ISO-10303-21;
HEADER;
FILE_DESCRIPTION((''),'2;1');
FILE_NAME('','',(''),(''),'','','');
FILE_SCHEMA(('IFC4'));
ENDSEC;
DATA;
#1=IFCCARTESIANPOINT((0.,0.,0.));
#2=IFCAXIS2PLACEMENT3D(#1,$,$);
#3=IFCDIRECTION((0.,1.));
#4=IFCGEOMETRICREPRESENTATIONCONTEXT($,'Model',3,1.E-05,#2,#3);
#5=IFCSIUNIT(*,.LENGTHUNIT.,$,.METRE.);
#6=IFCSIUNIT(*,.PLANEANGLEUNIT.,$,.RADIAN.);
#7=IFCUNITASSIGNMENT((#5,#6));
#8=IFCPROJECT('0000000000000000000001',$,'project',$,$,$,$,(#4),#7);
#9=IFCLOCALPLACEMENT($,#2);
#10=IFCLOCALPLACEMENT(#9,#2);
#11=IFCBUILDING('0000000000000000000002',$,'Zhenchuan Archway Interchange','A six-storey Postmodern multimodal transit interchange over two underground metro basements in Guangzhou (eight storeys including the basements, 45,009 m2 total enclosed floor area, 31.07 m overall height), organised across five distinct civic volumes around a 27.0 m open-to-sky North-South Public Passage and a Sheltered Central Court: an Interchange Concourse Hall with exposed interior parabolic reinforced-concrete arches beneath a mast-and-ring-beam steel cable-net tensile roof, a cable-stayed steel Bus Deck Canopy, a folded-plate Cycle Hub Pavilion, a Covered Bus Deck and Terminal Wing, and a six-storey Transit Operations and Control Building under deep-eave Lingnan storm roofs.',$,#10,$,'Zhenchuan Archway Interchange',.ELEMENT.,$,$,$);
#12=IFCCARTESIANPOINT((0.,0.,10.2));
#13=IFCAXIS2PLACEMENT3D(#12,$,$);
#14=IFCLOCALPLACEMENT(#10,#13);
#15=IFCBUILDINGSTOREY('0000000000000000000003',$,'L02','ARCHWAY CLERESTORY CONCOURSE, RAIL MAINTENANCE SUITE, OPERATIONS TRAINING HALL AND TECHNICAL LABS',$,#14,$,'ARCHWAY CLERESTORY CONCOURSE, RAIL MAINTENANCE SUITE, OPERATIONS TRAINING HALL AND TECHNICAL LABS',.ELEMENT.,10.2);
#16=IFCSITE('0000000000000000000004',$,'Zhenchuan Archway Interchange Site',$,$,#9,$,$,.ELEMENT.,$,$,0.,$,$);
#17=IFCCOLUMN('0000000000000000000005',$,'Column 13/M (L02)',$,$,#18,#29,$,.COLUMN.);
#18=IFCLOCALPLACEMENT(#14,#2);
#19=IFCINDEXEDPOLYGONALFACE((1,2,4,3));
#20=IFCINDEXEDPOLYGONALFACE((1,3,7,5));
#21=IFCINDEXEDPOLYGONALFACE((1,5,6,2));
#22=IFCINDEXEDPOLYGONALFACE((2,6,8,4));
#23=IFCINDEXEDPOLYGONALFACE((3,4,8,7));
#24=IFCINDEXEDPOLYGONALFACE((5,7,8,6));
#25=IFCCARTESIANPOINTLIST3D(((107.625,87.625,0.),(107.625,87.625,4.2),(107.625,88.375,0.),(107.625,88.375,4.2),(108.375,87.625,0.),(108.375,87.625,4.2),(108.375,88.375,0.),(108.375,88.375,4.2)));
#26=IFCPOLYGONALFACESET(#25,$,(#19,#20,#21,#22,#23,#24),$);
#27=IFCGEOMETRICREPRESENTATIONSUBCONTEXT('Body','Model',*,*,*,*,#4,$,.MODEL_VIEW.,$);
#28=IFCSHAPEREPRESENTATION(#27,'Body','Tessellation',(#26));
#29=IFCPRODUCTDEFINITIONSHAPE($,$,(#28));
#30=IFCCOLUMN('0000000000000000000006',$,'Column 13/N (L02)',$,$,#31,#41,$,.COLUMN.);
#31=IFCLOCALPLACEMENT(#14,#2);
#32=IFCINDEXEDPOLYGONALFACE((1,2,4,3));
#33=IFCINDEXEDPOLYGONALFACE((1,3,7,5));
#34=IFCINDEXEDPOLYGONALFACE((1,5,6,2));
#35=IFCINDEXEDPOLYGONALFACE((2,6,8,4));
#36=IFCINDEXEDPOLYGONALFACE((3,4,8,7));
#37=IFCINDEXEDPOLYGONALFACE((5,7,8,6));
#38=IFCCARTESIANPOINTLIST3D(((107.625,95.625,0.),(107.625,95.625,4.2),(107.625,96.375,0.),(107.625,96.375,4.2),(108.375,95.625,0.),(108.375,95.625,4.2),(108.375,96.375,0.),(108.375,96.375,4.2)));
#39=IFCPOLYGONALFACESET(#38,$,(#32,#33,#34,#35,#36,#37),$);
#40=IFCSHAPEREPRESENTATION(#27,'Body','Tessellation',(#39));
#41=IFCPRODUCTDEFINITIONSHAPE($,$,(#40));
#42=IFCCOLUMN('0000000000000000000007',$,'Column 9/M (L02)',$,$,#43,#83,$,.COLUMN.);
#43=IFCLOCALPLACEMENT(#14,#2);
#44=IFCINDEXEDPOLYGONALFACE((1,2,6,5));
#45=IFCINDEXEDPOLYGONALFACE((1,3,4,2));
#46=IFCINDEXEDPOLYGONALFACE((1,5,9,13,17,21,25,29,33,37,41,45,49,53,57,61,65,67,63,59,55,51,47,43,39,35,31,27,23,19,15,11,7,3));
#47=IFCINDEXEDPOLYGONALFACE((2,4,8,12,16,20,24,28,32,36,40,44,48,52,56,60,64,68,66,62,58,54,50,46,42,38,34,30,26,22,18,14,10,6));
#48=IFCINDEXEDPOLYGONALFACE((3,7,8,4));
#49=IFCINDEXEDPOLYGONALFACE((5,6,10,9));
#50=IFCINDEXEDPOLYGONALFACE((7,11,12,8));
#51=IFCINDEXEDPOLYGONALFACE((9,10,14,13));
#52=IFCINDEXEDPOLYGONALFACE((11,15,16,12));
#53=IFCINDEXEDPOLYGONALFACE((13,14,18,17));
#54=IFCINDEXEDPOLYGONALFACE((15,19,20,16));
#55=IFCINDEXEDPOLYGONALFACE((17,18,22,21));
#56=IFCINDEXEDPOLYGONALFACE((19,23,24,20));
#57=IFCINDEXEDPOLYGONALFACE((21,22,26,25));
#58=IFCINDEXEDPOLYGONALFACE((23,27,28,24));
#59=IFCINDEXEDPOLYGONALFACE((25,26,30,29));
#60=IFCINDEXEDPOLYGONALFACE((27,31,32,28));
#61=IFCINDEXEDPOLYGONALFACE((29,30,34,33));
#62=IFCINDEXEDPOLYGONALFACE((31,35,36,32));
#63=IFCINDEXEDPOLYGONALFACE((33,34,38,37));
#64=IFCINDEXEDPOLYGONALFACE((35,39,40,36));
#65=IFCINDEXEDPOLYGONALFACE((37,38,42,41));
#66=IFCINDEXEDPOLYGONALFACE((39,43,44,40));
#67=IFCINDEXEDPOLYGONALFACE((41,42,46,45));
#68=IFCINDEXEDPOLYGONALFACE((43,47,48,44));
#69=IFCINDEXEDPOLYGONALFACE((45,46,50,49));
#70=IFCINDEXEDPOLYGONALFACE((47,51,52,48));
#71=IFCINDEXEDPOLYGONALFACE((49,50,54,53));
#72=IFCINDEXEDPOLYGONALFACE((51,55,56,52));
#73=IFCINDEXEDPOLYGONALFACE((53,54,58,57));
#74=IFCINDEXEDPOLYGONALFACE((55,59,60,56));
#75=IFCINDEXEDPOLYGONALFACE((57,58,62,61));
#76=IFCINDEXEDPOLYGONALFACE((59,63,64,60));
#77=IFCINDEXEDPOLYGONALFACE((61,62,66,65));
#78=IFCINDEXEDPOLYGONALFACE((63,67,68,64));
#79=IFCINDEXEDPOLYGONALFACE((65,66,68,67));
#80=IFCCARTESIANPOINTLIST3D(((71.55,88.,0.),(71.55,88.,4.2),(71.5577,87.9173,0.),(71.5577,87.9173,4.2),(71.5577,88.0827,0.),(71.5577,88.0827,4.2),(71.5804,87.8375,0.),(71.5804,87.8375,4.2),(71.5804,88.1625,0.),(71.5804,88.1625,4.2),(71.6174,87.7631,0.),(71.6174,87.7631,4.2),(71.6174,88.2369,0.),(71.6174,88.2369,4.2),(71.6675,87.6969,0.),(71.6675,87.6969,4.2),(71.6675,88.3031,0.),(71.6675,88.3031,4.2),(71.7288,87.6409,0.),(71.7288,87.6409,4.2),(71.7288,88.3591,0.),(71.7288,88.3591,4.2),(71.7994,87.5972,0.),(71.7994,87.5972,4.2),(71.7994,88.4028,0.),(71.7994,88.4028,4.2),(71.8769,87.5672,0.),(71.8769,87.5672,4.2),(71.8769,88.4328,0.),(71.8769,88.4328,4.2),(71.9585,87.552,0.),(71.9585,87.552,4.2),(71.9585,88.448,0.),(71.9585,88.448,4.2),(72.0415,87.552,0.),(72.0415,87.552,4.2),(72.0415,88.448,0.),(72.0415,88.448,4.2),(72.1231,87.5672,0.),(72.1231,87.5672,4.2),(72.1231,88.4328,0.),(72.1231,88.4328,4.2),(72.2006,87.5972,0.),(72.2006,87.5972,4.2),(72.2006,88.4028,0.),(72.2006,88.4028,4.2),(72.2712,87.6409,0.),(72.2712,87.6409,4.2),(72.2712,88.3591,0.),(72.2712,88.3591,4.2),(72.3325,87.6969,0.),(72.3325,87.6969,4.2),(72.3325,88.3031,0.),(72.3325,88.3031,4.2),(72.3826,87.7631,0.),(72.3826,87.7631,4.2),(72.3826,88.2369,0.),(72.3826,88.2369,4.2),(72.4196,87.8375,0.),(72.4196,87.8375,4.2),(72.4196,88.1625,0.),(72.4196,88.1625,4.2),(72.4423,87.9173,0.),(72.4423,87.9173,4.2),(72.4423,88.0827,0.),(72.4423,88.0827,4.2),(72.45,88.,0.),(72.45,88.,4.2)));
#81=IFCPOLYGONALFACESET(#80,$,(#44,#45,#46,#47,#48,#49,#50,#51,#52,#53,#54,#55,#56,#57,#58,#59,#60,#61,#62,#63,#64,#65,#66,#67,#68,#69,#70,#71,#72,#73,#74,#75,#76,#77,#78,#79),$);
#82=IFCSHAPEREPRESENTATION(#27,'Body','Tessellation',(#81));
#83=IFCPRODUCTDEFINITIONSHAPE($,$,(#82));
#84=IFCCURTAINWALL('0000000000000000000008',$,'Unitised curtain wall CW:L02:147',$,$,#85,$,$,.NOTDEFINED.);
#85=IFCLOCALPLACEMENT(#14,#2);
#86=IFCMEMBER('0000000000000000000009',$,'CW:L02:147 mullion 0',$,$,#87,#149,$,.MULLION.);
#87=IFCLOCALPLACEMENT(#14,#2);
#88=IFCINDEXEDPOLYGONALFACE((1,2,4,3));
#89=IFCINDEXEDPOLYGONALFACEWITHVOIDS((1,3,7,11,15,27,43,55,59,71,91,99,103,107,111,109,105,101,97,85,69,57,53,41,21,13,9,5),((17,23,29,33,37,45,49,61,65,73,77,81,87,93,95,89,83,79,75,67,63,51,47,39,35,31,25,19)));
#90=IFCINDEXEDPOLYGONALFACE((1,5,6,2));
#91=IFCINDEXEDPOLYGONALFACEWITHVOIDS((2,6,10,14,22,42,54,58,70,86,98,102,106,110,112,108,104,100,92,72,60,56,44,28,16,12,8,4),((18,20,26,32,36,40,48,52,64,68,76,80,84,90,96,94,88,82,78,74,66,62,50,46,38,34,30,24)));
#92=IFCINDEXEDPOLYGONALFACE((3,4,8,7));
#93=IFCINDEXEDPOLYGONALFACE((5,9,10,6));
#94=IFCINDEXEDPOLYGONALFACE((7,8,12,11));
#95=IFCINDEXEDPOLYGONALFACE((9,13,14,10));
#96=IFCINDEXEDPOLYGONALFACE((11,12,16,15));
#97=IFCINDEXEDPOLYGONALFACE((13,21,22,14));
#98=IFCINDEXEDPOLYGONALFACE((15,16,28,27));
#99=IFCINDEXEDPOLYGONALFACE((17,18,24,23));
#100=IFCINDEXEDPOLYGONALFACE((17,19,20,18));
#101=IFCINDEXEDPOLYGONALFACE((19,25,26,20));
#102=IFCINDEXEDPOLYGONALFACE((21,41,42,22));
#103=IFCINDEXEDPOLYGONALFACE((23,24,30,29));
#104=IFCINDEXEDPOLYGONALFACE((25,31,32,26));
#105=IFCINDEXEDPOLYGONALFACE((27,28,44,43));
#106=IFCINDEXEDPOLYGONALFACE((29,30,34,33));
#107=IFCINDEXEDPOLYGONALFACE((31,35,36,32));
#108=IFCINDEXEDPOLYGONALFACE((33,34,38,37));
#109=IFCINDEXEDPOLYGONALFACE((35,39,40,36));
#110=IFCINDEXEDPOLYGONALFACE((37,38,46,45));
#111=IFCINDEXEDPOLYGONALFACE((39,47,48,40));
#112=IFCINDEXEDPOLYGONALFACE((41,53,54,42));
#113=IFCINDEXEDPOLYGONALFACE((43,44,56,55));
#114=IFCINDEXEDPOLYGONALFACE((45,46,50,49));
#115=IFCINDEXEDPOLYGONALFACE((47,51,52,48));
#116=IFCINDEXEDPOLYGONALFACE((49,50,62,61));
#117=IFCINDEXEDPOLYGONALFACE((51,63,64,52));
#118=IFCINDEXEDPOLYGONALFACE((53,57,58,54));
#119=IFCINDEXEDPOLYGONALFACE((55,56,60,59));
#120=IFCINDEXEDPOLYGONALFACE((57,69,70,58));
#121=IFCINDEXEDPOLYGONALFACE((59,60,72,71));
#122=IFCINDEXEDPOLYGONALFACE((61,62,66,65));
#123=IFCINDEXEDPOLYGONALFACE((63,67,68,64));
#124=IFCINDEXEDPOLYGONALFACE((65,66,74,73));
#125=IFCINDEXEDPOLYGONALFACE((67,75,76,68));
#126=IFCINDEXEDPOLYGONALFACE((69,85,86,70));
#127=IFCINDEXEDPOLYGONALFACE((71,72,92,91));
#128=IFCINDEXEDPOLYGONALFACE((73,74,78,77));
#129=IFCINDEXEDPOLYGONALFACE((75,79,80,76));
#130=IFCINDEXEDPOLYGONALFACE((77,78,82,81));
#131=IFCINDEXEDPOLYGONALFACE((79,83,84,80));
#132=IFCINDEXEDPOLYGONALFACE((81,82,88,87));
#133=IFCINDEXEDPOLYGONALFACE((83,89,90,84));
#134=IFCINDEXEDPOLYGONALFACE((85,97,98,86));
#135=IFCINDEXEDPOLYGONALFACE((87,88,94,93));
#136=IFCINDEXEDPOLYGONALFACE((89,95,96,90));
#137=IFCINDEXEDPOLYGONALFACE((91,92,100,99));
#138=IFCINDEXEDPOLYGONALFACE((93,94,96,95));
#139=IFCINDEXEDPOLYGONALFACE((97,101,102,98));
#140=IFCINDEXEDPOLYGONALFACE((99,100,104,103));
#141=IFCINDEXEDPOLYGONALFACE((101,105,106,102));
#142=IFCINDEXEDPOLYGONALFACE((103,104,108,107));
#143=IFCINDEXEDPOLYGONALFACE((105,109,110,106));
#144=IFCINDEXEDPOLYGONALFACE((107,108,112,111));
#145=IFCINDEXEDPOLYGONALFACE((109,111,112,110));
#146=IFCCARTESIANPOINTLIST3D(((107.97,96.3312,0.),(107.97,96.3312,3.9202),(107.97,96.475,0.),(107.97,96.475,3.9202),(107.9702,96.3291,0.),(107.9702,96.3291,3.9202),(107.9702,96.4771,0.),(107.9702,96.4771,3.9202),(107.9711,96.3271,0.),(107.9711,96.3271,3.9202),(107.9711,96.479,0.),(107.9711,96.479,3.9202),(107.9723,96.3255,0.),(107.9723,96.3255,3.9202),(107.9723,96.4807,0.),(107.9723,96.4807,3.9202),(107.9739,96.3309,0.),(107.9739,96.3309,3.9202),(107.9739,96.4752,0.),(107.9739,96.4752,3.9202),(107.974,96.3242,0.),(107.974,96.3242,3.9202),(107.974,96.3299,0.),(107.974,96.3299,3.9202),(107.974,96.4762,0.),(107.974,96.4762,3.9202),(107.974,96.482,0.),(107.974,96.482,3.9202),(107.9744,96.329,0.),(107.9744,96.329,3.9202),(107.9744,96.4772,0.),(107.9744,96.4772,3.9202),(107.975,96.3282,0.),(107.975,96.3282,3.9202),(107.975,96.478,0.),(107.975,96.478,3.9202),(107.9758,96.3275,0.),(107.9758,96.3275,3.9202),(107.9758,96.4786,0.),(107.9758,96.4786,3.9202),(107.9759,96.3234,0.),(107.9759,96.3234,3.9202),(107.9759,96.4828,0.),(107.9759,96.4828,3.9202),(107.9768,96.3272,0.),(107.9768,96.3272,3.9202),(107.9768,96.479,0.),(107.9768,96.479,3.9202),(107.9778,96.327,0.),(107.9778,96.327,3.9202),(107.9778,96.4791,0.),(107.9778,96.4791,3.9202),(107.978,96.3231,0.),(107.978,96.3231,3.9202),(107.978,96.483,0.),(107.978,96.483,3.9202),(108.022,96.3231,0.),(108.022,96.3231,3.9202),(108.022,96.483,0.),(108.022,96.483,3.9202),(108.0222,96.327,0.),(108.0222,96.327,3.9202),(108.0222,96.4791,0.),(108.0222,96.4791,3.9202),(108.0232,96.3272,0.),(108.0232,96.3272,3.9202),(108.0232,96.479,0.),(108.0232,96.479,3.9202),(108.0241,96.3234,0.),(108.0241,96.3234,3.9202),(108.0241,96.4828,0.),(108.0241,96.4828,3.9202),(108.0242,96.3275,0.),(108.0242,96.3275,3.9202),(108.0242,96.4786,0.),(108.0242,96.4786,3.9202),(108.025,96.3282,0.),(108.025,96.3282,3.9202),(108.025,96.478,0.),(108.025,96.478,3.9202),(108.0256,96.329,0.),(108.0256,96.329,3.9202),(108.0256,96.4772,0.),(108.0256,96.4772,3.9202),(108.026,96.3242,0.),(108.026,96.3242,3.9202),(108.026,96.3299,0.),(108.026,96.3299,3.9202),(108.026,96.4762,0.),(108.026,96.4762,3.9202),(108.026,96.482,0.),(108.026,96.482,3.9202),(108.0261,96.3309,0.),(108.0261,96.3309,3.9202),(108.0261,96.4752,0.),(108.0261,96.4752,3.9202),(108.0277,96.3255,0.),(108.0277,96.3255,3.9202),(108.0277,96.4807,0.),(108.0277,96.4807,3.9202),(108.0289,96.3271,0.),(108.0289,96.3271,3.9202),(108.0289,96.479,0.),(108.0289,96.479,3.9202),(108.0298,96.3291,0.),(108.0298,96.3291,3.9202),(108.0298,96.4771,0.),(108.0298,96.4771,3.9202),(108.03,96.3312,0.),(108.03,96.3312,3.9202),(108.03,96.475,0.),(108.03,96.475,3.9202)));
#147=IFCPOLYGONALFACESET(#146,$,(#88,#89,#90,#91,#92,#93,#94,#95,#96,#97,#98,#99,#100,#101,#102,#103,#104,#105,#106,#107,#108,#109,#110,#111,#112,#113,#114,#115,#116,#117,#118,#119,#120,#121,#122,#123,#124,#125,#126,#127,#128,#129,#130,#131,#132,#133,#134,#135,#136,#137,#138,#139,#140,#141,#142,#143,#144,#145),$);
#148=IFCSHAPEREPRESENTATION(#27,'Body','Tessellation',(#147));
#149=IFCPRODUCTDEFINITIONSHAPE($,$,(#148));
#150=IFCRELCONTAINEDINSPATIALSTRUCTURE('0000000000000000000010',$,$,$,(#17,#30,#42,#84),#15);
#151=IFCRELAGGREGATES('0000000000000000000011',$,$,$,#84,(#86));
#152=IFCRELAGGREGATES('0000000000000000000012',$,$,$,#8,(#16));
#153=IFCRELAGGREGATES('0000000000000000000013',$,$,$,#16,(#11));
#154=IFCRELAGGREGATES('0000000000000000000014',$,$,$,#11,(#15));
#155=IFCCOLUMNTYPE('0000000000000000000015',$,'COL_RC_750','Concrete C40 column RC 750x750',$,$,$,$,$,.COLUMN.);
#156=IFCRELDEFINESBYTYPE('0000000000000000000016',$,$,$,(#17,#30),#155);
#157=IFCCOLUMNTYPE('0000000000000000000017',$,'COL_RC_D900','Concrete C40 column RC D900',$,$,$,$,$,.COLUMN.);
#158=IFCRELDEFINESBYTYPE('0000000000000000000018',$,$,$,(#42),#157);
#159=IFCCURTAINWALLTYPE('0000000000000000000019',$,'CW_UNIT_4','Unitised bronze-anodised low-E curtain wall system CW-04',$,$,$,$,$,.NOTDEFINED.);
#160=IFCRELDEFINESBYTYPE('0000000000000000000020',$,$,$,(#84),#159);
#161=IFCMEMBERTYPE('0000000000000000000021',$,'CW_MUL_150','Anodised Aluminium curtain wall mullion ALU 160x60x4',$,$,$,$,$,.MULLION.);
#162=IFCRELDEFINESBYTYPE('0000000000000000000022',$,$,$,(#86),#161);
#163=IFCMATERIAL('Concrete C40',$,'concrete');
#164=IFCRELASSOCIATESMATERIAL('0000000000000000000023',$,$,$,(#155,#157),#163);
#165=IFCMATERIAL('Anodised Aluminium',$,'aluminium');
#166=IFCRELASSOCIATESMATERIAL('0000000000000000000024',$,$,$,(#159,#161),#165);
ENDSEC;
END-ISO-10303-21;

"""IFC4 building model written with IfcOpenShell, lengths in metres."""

from ifc_helpers import new_model, si_unit, direction, frame, origin, origin_2d, place, context, subcontext, project, spatial, rectangle, hollow_rectangle, circle, extrude, material, material_profile, profile_set, type_object, element, aggregate, save


model = new_model("IFC4")

# Units and contexts
model_context = context("Model", 3, precision=1e-05, world=origin(), true_north=direction((0.0, 1.0)))
body_context = subcontext(model_context, "Body", "Model", "MODEL_VIEW")
ifc_project = project(units=[si_unit("LENGTHUNIT", "METRE"), si_unit("PLANEANGLEUNIT", "RADIAN")], contexts=[model_context])

# Site, building, storey
site_placement = place(None, origin())
site = spatial("IfcSite", under=ifc_project, at=site_placement, Name="Zhenchuan Archway Interchange Site", CompositionType="ELEMENT", RefElevation=0.0)
building_placement = place(site_placement, origin())
building = spatial("IfcBuilding", under=site, at=building_placement, Name="Zhenchuan Archway Interchange", Description="A six-storey Postmodern multimodal transit interchange over two underground metro basements in Guangzhou (eight storeys including the basements, 45,009 m2 total enclosed floor area, 31.07 m overall height), organised across five distinct civic volumes around a 27.0 m open-to-sky North-South Public Passage and a Sheltered Central Court: an Interchange Concourse Hall with exposed interior parabolic reinforced-concrete arches beneath a mast-and-ring-beam steel cable-net tensile roof, a cable-stayed steel Bus Deck Canopy, a folded-plate Cycle Hub Pavilion, a Covered Bus Deck and Terminal Wing, and a six-storey Transit Operations and Control Building under deep-eave Lingnan storm roofs.", LongName="Zhenchuan Archway Interchange", CompositionType="ELEMENT")
storey_placement = place(building_placement, frame((0.0, 0.0, 10.2)))
storey = spatial("IfcBuildingStorey", under=building, at=storey_placement, Name="L02", Description="ARCHWAY CLERESTORY CONCOURSE, RAIL MAINTENANCE SUITE, OPERATIONS TRAINING HALL AND TECHNICAL LABS", LongName="ARCHWAY CLERESTORY CONCOURSE, RAIL MAINTENANCE SUITE, OPERATIONS TRAINING HALL AND TECHNICAL LABS", CompositionType="ELEMENT", Elevation=10.2)

# Columns
ifc_material_1 = material(Name="Concrete C40", Category="concrete")
ifc_material_profile_1 = material_profile(ifc_material_1, rectangle(XDim=0.75, YDim=0.75, at=origin_2d()), Name="RC 750x750")
ifc_profile_set_1 = profile_set([ifc_material_profile_1], Name="Concrete C40")
column_type_1 = type_object("IfcColumnType", Name="COL_RC_750", Description="Concrete C40 column RC 750x750", PredefinedType="COLUMN", material=ifc_profile_set_1)
for number, where, z_axis, x_axis, name in (
    (1, (108.0, 88.0, 0.0), (0.0, 0.0, 1.0), (1.0, 0.0, 0.0), "Column 13/M (L02)"),
    (2, (108.0, 96.0, 0.0), (0.0, 0.0, 1.0), (1.0, 0.0, 0.0), "Column 13/N (L02)"),
):
    element("IfcColumn", number, at=place(storey_placement, frame(where, z_axis=z_axis, x_axis=x_axis)), inside=storey, type_object=column_type_1, Name=name, PredefinedType="COLUMN", context=body_context, shape_type="SweptSolid", body=[
        extrude(rectangle(XDim=0.75, YDim=0.75, at=origin_2d()), origin(), (0.0, 0.0, 1.0), 4.2),
    ])
ifc_material_profile_2 = material_profile(ifc_material_1, circle(Radius=0.45, at=origin_2d()), Name="RC D900")
ifc_profile_set_2 = profile_set([ifc_material_profile_2], Name="Concrete C40")
column_type_2 = type_object("IfcColumnType", Name="COL_RC_D900", Description="Concrete C40 column RC D900", PredefinedType="COLUMN", material=ifc_profile_set_2)
column_placement = place(storey_placement, frame((72.0, 88.0, 0.0), z_axis=(0.0, 0.0, 1.0), x_axis=(1.0, 0.0, 0.0)))
element("IfcColumn", 3, at=column_placement, inside=storey, type_object=column_type_2, Name="Column 9/M (L02)", PredefinedType="COLUMN", context=body_context, shape_type="SweptSolid", body=[
    extrude(circle(Radius=0.45, at=origin_2d()), origin(), (0.0, 0.0, 1.0), 4.2),
])

# Curtain wall, member
ifc_material_2 = material(Name="Anodised Aluminium", Category="aluminium")
curtain_wall_type = type_object("IfcCurtainWallType", Name="CW_UNIT_4", Description="Unitised bronze-anodised low-E curtain wall system CW-04", PredefinedType="NOTDEFINED", material=ifc_material_2)
curtain_wall_1_placement = place(storey_placement, origin())
curtain_wall_1 = element("IfcCurtainWall", 4, at=curtain_wall_1_placement, inside=storey, type_object=curtain_wall_type, Name="Unitised curtain wall CW:L02:147", PredefinedType="NOTDEFINED")
ifc_material_profile_3 = material_profile(ifc_material_2, hollow_rectangle(XDim=0.0601, YDim=0.1599, WallThickness=0.0039, InnerFilletRadius=0.0039, OuterFilletRadius=0.0081, at=origin_2d()), Name="ALU 160x60x4")
ifc_profile_set_3 = profile_set([ifc_material_profile_3], Name="Anodised Aluminium")
member_type_1 = type_object("IfcMemberType", Name="CW_MUL_150", Description="Anodised Aluminium curtain wall mullion ALU 160x60x4", PredefinedType="MULLION", material=ifc_profile_set_3)
member_1_placement = place(storey_placement, frame((108.0, 96.4031, 0.0), z_axis=(0.0, 0.0, 1.0), x_axis=(1.0, 0.0, 0.0)))
member_1 = element("IfcMember", 5, at=member_1_placement, type_object=member_type_1, Name="CW:L02:147 mullion 0", PredefinedType="MULLION", context=body_context, shape_type="SweptSolid", body=[
    extrude(hollow_rectangle(XDim=0.0601, YDim=0.1599, WallThickness=0.0039, InnerFilletRadius=0.0039, OuterFilletRadius=0.0081, at=origin_2d()), origin(), (0.0, 0.0, 1.0), 3.9202),
])

aggregate(curtain_wall_1, [member_1])

save(model, "model.ifc")
